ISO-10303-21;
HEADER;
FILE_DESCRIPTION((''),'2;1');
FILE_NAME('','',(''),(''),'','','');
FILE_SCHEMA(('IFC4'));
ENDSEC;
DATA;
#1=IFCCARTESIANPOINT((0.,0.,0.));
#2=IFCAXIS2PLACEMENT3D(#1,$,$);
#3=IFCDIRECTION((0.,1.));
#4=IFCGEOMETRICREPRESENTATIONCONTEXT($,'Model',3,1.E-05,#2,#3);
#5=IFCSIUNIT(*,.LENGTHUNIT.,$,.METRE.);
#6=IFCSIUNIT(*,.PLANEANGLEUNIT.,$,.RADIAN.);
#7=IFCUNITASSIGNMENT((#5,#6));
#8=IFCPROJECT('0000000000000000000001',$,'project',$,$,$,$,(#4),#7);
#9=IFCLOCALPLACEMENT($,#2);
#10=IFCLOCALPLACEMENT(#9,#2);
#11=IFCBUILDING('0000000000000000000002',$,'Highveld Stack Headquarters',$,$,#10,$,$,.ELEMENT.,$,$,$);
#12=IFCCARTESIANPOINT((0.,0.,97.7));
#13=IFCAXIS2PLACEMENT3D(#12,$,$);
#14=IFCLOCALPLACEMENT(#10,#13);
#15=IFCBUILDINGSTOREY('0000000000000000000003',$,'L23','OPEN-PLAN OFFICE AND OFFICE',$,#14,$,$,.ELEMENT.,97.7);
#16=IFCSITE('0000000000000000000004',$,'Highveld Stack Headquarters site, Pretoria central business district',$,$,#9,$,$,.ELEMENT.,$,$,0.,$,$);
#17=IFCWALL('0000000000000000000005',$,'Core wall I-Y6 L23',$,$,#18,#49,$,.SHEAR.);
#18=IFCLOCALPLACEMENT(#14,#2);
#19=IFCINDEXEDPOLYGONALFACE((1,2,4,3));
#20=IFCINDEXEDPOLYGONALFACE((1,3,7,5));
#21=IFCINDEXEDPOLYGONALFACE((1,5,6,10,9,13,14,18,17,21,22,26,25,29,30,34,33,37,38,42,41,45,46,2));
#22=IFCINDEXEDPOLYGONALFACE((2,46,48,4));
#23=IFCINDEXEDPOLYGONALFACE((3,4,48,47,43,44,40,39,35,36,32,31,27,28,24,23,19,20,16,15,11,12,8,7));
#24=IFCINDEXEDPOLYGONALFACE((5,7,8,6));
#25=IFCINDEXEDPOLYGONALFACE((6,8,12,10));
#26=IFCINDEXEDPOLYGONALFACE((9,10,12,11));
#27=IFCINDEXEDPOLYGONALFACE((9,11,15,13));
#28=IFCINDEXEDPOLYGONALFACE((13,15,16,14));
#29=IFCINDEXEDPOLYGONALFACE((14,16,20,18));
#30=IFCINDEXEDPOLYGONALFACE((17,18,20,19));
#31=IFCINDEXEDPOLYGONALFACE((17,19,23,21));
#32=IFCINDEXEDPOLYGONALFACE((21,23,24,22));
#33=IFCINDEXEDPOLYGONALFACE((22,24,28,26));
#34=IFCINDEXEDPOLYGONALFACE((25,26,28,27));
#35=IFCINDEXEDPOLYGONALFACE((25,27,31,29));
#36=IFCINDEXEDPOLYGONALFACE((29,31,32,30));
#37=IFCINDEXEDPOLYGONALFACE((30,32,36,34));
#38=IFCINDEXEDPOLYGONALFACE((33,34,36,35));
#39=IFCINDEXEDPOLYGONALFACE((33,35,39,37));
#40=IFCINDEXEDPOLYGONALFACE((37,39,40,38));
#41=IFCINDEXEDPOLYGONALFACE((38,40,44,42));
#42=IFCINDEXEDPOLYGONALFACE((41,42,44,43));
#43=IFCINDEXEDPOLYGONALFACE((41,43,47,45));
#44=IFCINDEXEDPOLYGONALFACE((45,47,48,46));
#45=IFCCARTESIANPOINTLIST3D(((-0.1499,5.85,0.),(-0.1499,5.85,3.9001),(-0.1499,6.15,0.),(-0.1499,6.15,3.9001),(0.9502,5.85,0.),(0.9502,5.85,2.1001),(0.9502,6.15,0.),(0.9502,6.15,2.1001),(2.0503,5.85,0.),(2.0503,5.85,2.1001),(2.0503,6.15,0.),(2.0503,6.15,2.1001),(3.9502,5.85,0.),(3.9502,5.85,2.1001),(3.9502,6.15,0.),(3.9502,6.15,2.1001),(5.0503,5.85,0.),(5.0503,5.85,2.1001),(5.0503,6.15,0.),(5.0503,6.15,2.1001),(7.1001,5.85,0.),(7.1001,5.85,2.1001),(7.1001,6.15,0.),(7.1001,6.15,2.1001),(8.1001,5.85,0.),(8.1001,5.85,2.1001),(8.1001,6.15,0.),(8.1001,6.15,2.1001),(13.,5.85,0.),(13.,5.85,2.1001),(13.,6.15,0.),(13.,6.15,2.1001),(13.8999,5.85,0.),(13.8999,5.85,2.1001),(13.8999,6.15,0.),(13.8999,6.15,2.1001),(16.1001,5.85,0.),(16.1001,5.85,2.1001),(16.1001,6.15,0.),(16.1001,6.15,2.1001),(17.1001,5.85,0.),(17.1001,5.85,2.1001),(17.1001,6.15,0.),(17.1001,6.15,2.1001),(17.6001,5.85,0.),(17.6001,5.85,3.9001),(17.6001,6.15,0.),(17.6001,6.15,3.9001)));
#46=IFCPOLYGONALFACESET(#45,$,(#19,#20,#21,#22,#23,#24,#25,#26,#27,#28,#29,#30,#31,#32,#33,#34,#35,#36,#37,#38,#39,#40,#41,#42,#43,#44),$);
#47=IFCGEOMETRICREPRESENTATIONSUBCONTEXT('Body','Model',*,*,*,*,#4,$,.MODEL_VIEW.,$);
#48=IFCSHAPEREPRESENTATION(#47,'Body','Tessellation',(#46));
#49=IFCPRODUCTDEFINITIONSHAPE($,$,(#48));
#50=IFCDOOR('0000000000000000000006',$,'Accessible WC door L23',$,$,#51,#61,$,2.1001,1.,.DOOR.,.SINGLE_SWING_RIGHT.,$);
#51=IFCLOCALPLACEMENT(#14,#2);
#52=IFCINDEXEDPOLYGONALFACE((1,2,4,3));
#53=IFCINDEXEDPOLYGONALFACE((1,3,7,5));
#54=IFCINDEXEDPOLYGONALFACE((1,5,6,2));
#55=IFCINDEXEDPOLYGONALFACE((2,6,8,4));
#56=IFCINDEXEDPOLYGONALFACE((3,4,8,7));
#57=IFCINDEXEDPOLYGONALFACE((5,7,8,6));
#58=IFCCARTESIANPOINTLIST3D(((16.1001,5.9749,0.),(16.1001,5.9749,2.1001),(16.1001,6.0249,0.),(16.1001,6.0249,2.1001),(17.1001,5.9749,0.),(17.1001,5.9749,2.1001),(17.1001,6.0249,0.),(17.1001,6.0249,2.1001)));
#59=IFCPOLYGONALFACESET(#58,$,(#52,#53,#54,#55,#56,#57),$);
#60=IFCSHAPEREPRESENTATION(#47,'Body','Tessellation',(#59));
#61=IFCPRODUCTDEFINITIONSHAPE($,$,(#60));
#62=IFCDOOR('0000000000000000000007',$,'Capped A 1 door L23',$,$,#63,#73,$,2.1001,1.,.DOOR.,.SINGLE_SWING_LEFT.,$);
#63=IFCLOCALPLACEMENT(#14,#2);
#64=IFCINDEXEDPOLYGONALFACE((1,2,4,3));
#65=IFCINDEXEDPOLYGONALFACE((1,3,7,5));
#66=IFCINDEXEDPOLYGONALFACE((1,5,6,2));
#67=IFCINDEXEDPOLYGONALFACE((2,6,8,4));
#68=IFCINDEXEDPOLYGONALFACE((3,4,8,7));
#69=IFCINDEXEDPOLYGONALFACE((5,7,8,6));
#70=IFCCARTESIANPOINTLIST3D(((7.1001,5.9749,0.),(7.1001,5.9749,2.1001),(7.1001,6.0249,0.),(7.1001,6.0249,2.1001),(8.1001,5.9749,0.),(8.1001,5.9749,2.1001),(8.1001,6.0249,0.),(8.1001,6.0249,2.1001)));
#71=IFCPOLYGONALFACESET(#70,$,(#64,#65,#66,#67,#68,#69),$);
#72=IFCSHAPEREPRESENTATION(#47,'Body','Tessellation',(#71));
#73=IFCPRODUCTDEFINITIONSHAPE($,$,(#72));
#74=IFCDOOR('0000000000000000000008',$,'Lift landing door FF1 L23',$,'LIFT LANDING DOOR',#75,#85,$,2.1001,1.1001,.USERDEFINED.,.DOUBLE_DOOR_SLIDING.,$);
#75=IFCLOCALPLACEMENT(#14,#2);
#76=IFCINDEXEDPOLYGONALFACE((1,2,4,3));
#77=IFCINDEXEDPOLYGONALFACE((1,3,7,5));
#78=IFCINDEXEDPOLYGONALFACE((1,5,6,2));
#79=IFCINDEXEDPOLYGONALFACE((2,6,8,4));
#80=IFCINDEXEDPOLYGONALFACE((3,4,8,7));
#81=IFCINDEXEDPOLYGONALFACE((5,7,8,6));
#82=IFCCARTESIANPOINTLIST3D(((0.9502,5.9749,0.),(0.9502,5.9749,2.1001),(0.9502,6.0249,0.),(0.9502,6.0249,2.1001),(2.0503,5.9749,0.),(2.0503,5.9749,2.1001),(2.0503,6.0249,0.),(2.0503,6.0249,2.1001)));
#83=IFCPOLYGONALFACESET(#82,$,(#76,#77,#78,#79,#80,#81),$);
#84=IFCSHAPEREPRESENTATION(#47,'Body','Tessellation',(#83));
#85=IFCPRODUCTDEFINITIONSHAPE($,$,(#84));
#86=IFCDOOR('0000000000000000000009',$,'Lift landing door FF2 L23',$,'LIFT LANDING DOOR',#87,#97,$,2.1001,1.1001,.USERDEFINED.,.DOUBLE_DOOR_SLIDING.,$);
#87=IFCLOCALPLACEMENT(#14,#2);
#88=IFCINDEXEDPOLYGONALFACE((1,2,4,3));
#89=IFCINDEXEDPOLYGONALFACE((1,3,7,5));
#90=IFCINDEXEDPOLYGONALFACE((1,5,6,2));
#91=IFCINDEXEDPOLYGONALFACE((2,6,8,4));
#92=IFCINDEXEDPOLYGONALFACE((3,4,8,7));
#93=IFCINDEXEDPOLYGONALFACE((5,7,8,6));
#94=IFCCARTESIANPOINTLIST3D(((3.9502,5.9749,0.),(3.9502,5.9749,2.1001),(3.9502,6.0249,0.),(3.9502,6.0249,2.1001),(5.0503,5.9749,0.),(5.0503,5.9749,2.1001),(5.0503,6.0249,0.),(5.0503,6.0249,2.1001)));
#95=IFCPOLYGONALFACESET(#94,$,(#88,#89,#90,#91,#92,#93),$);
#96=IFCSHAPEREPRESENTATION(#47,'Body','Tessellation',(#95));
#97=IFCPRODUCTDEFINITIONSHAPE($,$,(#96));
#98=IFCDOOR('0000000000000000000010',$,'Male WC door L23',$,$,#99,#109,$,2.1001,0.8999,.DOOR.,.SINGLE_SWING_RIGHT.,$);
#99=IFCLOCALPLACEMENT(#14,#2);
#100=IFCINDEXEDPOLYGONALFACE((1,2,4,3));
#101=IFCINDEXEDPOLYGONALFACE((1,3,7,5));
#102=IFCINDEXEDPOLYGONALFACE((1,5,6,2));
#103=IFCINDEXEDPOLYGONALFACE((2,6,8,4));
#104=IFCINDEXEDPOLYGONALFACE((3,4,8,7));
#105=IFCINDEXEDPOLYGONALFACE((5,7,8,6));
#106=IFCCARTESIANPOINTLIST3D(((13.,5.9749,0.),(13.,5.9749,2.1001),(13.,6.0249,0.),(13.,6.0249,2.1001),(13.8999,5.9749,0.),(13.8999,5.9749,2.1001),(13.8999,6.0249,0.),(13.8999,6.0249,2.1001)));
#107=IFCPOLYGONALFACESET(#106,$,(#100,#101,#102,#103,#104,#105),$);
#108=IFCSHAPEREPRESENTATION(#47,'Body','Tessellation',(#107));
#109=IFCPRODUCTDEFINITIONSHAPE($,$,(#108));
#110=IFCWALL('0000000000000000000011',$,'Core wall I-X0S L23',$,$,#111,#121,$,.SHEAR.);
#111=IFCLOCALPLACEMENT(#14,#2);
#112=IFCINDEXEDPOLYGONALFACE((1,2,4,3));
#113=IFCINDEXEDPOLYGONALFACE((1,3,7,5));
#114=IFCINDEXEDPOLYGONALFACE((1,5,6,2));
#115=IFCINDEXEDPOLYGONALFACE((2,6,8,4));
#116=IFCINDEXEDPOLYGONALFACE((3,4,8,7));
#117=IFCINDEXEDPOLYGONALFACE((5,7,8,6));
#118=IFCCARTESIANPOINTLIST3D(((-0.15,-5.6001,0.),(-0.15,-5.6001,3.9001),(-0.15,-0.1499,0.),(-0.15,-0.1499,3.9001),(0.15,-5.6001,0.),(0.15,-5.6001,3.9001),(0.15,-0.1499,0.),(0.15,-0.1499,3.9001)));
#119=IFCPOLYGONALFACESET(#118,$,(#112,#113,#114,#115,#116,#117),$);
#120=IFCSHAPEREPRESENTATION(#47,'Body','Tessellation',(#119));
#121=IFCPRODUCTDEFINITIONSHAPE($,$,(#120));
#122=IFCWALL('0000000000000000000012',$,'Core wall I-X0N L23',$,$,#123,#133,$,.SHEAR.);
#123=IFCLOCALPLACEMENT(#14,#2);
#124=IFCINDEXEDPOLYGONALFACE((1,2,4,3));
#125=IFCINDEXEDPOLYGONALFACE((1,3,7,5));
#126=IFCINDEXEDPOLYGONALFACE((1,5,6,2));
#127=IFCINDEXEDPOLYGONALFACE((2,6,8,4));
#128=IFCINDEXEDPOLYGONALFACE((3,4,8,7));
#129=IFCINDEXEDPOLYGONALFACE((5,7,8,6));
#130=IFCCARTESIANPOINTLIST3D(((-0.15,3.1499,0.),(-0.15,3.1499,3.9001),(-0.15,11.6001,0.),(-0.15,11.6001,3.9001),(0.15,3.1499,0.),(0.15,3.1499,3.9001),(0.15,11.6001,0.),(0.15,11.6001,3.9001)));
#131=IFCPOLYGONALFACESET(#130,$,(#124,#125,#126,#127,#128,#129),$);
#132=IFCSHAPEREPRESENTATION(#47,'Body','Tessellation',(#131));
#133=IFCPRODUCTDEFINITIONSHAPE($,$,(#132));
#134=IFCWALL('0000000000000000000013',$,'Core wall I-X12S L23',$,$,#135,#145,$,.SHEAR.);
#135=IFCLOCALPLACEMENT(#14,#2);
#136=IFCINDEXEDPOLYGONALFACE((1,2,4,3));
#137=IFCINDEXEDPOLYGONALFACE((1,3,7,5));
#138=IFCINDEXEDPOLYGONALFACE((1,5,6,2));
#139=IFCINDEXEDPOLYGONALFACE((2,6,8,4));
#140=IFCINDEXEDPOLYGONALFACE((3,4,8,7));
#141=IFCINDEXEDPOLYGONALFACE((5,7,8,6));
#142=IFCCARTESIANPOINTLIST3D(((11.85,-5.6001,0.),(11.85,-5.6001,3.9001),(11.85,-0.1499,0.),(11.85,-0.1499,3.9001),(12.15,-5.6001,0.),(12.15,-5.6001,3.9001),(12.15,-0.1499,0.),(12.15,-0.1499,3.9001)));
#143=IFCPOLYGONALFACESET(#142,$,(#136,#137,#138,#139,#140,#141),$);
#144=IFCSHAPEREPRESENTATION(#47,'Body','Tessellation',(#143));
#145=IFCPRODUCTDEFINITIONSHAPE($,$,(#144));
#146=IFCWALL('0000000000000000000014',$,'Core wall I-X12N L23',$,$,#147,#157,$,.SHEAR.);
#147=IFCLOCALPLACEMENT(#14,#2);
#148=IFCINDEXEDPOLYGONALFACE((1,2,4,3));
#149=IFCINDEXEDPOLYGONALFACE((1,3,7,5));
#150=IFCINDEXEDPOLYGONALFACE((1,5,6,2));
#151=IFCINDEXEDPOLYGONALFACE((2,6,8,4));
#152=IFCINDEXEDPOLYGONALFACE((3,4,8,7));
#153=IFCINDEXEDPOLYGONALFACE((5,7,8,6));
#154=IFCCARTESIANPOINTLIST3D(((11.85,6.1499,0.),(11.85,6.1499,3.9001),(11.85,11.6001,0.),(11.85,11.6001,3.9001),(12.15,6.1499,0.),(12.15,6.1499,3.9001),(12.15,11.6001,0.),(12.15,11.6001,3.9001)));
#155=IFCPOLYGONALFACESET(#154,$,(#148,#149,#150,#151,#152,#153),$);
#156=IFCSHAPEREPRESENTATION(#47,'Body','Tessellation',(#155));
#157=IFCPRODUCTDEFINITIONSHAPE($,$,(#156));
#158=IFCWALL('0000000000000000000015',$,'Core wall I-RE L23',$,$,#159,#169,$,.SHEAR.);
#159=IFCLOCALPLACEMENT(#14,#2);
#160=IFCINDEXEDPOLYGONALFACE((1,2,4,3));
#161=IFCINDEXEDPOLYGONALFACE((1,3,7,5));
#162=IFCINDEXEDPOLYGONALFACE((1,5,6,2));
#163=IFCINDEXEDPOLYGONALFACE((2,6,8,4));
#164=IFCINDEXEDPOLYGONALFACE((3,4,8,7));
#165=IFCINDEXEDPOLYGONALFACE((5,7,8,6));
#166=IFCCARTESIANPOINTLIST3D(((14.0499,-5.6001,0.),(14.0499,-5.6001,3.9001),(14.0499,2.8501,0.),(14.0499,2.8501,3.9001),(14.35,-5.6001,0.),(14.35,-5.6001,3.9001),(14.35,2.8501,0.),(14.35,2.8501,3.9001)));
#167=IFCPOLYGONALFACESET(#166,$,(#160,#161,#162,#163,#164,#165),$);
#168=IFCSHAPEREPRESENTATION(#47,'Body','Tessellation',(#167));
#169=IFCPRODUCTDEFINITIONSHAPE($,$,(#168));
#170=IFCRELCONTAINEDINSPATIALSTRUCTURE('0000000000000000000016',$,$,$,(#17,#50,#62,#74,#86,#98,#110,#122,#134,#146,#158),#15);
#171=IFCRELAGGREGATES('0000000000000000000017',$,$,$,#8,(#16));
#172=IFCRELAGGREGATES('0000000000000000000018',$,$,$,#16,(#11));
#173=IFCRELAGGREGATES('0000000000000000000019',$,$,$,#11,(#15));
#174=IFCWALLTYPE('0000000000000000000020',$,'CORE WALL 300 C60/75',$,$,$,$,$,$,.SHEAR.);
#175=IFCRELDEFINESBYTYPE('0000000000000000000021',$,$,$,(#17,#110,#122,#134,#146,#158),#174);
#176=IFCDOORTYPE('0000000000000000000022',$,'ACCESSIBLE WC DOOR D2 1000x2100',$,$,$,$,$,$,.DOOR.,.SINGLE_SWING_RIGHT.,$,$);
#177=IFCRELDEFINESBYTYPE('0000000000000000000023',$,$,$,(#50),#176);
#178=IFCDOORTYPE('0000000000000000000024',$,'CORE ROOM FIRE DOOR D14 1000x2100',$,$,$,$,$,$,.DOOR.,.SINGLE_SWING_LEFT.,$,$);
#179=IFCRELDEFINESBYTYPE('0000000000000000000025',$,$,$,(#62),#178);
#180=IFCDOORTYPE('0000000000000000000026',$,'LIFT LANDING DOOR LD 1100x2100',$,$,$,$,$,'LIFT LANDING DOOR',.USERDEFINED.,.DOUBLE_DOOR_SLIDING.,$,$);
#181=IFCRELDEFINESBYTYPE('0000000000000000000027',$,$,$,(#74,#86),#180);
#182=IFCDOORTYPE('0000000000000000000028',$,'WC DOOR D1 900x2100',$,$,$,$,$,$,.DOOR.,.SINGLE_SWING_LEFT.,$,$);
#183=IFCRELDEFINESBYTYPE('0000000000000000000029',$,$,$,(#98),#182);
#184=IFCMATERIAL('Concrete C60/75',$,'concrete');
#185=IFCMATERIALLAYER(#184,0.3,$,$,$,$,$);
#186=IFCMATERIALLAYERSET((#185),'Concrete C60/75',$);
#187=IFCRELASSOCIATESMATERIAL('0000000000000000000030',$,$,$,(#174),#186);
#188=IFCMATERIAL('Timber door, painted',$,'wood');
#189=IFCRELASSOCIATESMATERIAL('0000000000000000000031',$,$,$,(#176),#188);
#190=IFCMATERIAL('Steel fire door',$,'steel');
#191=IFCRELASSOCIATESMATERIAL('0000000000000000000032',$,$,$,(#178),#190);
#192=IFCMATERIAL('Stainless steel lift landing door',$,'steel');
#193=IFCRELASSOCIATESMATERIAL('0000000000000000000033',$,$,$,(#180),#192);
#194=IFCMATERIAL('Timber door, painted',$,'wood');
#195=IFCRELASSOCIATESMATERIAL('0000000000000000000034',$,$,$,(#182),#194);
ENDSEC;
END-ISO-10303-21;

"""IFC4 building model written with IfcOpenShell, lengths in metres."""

from ifc_helpers import new_model, si_unit, direction, frame, frame_2d, origin, place, context, subcontext, project, spatial, rectangle, extrude, material, layer, layer_set, type_object, element, fill, save


model = new_model("IFC4")

# Units and contexts
model_context = context("Model", 3, precision=1e-05, world=origin(), true_north=direction((0.0, 1.0)))
body_context = subcontext(model_context, "Body", "Model", "MODEL_VIEW")
ifc_project = project(units=[si_unit("LENGTHUNIT", "METRE"), si_unit("PLANEANGLEUNIT", "RADIAN")], contexts=[model_context])

# Site, building, storey
site_placement = place(None, origin())
site = spatial("IfcSite", under=ifc_project, at=site_placement, Name="Highveld Stack Headquarters site, Pretoria central business district", CompositionType="ELEMENT", RefElevation=0.0)
building_placement = place(site_placement, origin())
building = spatial("IfcBuilding", under=site, at=building_placement, Name="Highveld Stack Headquarters", CompositionType="ELEMENT")
storey_placement = place(building_placement, frame((0.0, 0.0, 97.7)))
storey = spatial("IfcBuildingStorey", under=building, at=storey_placement, Name="L23", Description="OPEN-PLAN OFFICE AND OFFICE", CompositionType="ELEMENT", Elevation=97.7)

# Wall, openings, doors
ifc_material_1 = material(Name="Concrete C60/75", Category="concrete")
ifc_layer_1 = layer(ifc_material_1, 0.3)
ifc_layer_set_1 = layer_set([ifc_layer_1], Name="Concrete C60/75")
wall_type_1 = type_object("IfcWallType", Name="CORE WALL 300 C60/75", PredefinedType="SHEAR", material=ifc_layer_set_1)
wall_1_placement = place(storey_placement, frame((-0.1499, 6.0, 0.0), z_axis=(0.0, 0.0, 1.0), x_axis=(1.0, 0.0, 0.0)))
wall_1 = element("IfcWall", 1, at=wall_1_placement, inside=storey, type_object=wall_type_1, Name="Core wall I-Y6 L23", PredefinedType="SHEAR", context=body_context, shape_type="SweptSolid", body=[
    extrude(rectangle(XDim=17.75, YDim=0.3, at=frame_2d((8.875, 0.0))), origin(), (0.0, 0.0, 1.0), 3.9001),
])
opening_1_placement = place(wall_1_placement, frame((13.1499, 0.0, 0.0)))
opening_1 = element("IfcOpeningElement", 2, at=opening_1_placement, cuts=wall_1, PredefinedType="OPENING", context=body_context, shape_type="SweptSolid", body=[
    extrude(rectangle(XDim=0.8999, YDim=2.1001, at=frame_2d((0.45, 1.05))), frame((0.0, 0.1599, 0.0), z_axis=(0.0, -1.0, 0.0), x_axis=(1.0, 0.0, 0.0)), (0.0, 0.0, 1.0), 0.3201),
])
opening_2_placement = place(wall_1_placement, frame((16.25, 0.0, 0.0)))
opening_2 = element("IfcOpeningElement", 3, at=opening_2_placement, cuts=wall_1, PredefinedType="OPENING", context=body_context, shape_type="SweptSolid", body=[
    extrude(rectangle(XDim=1.0, YDim=2.1001, at=frame_2d((0.5, 1.05))), frame((0.0, 0.1599, 0.0), z_axis=(0.0, -1.0, 0.0), x_axis=(1.0, 0.0, 0.0)), (0.0, 0.0, 1.0), 0.3201),
])
opening_3_placement = place(wall_1_placement, frame((7.25, 0.0, 0.0)))
opening_3 = element("IfcOpeningElement", 4, at=opening_3_placement, cuts=wall_1, PredefinedType="OPENING", context=body_context, shape_type="SweptSolid", body=[
    extrude(rectangle(XDim=1.0, YDim=2.1001, at=frame_2d((0.5, 1.05))), frame((0.0, 0.1599, 0.0), z_axis=(0.0, -1.0, 0.0), x_axis=(1.0, 0.0, 0.0)), (0.0, 0.0, 1.0), 0.3201),
])
opening_4_placement = place(wall_1_placement, frame((1.1001, 0.0, 0.0)))
opening_4 = element("IfcOpeningElement", 5, at=opening_4_placement, cuts=wall_1, PredefinedType="OPENING", context=body_context, shape_type="SweptSolid", body=[
    extrude(rectangle(XDim=1.1001, YDim=2.1001, at=frame_2d((0.55, 1.05))), frame((0.0, 0.1599, 0.0), z_axis=(0.0, -1.0, 0.0), x_axis=(1.0, 0.0, 0.0)), (0.0, 0.0, 1.0), 0.3201),
])
opening_5_placement = place(wall_1_placement, frame((4.1001, 0.0, 0.0)))
opening_5 = element("IfcOpeningElement", 6, at=opening_5_placement, cuts=wall_1, PredefinedType="OPENING", context=body_context, shape_type="SweptSolid", body=[
    extrude(rectangle(XDim=1.1001, YDim=2.1001, at=frame_2d((0.55, 1.05))), frame((0.0, 0.1599, 0.0), z_axis=(0.0, -1.0, 0.0), x_axis=(1.0, 0.0, 0.0)), (0.0, 0.0, 1.0), 0.3201),
])
ifc_material_2 = material(Name="Timber door, painted", Category="wood")
door_type_1 = type_object("IfcDoorType", Name="ACCESSIBLE WC DOOR D2 1000x2100", OperationType="SINGLE_SWING_RIGHT", PredefinedType="DOOR", material=ifc_material_2)
door_1_placement = place(opening_2_placement, origin())
door_1 = element("IfcDoor", 7, at=door_1_placement, inside=storey, type_object=door_type_1, Name="Accessible WC door L23", OperationType="SINGLE_SWING_RIGHT", OverallHeight=2.1001, OverallWidth=1.0, PredefinedType="DOOR", context=body_context, shape_type="SweptSolid", body=[
    extrude(rectangle(XDim=1.0, YDim=2.1001, at=frame_2d((0.5, 1.05))), frame((0.0, 0.0249, 0.0), z_axis=(0.0, -1.0, 0.0), x_axis=(1.0, 0.0, 0.0)), (0.0, 0.0, 1.0), 0.05),
])
fill(opening_2, door_1)
ifc_material_3 = material(Name="Steel fire door", Category="steel")
door_type_2 = type_object("IfcDoorType", Name="CORE ROOM FIRE DOOR D14 1000x2100", OperationType="SINGLE_SWING_LEFT", PredefinedType="DOOR", material=ifc_material_3)
door_2_placement = place(opening_3_placement, origin())
door_2 = element("IfcDoor", 8, at=door_2_placement, inside=storey, type_object=door_type_2, Name="Capped A 1 door L23", OperationType="SINGLE_SWING_LEFT", OverallHeight=2.1001, OverallWidth=1.0, PredefinedType="DOOR", context=body_context, shape_type="SweptSolid", body=[
    extrude(rectangle(XDim=1.0, YDim=2.1001, at=frame_2d((0.5, 1.05))), frame((0.0, 0.0249, 0.0), z_axis=(0.0, -1.0, 0.0), x_axis=(1.0, 0.0, 0.0)), (0.0, 0.0, 1.0), 0.05),
])
fill(opening_3, door_2)
ifc_material_4 = material(Name="Stainless steel lift landing door", Category="steel")
door_type_3 = type_object("IfcDoorType", Name="LIFT LANDING DOOR LD 1100x2100", ElementType="LIFT LANDING DOOR", OperationType="DOUBLE_DOOR_SLIDING", PredefinedType="USERDEFINED", material=ifc_material_4)
door_3_placement = place(opening_4_placement, origin())
door_3 = element("IfcDoor", 9, at=door_3_placement, inside=storey, type_object=door_type_3, Name="Lift landing door FF1 L23", ObjectType="LIFT LANDING DOOR", OperationType="DOUBLE_DOOR_SLIDING", OverallHeight=2.1001, OverallWidth=1.1001, PredefinedType="USERDEFINED", context=body_context, shape_type="SweptSolid", body=[
    extrude(rectangle(XDim=1.1001, YDim=2.1001, at=frame_2d((0.55, 1.05))), frame((0.0, 0.0249, 0.0), z_axis=(0.0, -1.0, 0.0), x_axis=(1.0, 0.0, 0.0)), (0.0, 0.0, 1.0), 0.05),
])
fill(opening_4, door_3)
door_4_placement = place(opening_5_placement, origin())
door_4 = element("IfcDoor", 10, at=door_4_placement, inside=storey, type_object=door_type_3, Name="Lift landing door FF2 L23", ObjectType="LIFT LANDING DOOR", OperationType="DOUBLE_DOOR_SLIDING", OverallHeight=2.1001, OverallWidth=1.1001, PredefinedType="USERDEFINED", context=body_context, shape_type="SweptSolid", body=[
    extrude(rectangle(XDim=1.1001, YDim=2.1001, at=frame_2d((0.55, 1.05))), frame((0.0, 0.0249, 0.0), z_axis=(0.0, -1.0, 0.0), x_axis=(1.0, 0.0, 0.0)), (0.0, 0.0, 1.0), 0.05),
])
fill(opening_5, door_4)
ifc_material_5 = material(Name="Timber door, painted", Category="wood")
door_type_4 = type_object("IfcDoorType", Name="WC DOOR D1 900x2100", OperationType="SINGLE_SWING_LEFT", PredefinedType="DOOR", material=ifc_material_5)
door_5_placement = place(opening_1_placement, origin())
door_5 = element("IfcDoor", 11, at=door_5_placement, inside=storey, type_object=door_type_4, Name="Male WC door L23", OperationType="SINGLE_SWING_RIGHT", OverallHeight=2.1001, OverallWidth=0.8999, PredefinedType="DOOR", context=body_context, shape_type="SweptSolid", body=[
    extrude(rectangle(XDim=0.8999, YDim=2.1001, at=frame_2d((0.45, 1.05))), frame((0.0, 0.0249, 0.0), z_axis=(0.0, -1.0, 0.0), x_axis=(1.0, 0.0, 0.0)), (0.0, 0.0, 1.0), 0.05),
])
fill(opening_1, door_5)

# Walls
wall_2_placement = place(storey_placement, frame((0.0, -5.6001, 0.0), z_axis=(0.0, 0.0, 1.0), x_axis=(0.0, 1.0, 0.0)))
element("IfcWall", 12, at=wall_2_placement, inside=storey, type_object=wall_type_1, Name="Core wall I-X0S L23", PredefinedType="SHEAR", context=body_context, shape_type="SweptSolid", body=[
    extrude(rectangle(XDim=5.4502, YDim=0.3, at=frame_2d((2.7251, 0.0))), origin(), (0.0, 0.0, 1.0), 3.9001),
])
wall_3_placement = place(storey_placement, frame((0.0, 3.1499, 0.0), z_axis=(0.0, 0.0, 1.0), x_axis=(0.0, 1.0, 0.0)))
element("IfcWall", 13, at=wall_3_placement, inside=storey, type_object=wall_type_1, Name="Core wall I-X0N L23", PredefinedType="SHEAR", context=body_context, shape_type="SweptSolid", body=[
    extrude(rectangle(XDim=8.4502, YDim=0.3, at=frame_2d((4.2251, 0.0))), origin(), (0.0, 0.0, 1.0), 3.9001),
])
for number, where, z_axis, x_axis, name in (
    (14, (12.0, -5.6001, 0.0), (0.0, 0.0, 1.0), (0.0, 1.0, 0.0), "Core wall I-X12S L23"),
    (15, (12.0, 6.1499, 0.0), (0.0, 0.0, 1.0), (0.0, 1.0, 0.0), "Core wall I-X12N L23"),
):
    element("IfcWall", number, at=place(storey_placement, frame(where, z_axis=z_axis, x_axis=x_axis)), inside=storey, type_object=wall_type_1, Name=name, PredefinedType="SHEAR", context=body_context, shape_type="SweptSolid", body=[
        extrude(rectangle(XDim=5.4502, YDim=0.3, at=frame_2d((2.7251, 0.0))), origin(), (0.0, 0.0, 1.0), 3.9001),
    ])
wall_4_placement = place(storey_placement, frame((14.2, -5.6001, 0.0), z_axis=(0.0, 0.0, 1.0), x_axis=(0.0, 1.0, 0.0)))
element("IfcWall", 16, at=wall_4_placement, inside=storey, type_object=wall_type_1, Name="Core wall I-RE L23", PredefinedType="SHEAR", context=body_context, shape_type="SweptSolid", body=[
    extrude(rectangle(XDim=8.4502, YDim=0.3, at=frame_2d((4.2251, 0.0))), origin(), (0.0, 0.0, 1.0), 3.9001),
])

save(model, "model.ifc")
